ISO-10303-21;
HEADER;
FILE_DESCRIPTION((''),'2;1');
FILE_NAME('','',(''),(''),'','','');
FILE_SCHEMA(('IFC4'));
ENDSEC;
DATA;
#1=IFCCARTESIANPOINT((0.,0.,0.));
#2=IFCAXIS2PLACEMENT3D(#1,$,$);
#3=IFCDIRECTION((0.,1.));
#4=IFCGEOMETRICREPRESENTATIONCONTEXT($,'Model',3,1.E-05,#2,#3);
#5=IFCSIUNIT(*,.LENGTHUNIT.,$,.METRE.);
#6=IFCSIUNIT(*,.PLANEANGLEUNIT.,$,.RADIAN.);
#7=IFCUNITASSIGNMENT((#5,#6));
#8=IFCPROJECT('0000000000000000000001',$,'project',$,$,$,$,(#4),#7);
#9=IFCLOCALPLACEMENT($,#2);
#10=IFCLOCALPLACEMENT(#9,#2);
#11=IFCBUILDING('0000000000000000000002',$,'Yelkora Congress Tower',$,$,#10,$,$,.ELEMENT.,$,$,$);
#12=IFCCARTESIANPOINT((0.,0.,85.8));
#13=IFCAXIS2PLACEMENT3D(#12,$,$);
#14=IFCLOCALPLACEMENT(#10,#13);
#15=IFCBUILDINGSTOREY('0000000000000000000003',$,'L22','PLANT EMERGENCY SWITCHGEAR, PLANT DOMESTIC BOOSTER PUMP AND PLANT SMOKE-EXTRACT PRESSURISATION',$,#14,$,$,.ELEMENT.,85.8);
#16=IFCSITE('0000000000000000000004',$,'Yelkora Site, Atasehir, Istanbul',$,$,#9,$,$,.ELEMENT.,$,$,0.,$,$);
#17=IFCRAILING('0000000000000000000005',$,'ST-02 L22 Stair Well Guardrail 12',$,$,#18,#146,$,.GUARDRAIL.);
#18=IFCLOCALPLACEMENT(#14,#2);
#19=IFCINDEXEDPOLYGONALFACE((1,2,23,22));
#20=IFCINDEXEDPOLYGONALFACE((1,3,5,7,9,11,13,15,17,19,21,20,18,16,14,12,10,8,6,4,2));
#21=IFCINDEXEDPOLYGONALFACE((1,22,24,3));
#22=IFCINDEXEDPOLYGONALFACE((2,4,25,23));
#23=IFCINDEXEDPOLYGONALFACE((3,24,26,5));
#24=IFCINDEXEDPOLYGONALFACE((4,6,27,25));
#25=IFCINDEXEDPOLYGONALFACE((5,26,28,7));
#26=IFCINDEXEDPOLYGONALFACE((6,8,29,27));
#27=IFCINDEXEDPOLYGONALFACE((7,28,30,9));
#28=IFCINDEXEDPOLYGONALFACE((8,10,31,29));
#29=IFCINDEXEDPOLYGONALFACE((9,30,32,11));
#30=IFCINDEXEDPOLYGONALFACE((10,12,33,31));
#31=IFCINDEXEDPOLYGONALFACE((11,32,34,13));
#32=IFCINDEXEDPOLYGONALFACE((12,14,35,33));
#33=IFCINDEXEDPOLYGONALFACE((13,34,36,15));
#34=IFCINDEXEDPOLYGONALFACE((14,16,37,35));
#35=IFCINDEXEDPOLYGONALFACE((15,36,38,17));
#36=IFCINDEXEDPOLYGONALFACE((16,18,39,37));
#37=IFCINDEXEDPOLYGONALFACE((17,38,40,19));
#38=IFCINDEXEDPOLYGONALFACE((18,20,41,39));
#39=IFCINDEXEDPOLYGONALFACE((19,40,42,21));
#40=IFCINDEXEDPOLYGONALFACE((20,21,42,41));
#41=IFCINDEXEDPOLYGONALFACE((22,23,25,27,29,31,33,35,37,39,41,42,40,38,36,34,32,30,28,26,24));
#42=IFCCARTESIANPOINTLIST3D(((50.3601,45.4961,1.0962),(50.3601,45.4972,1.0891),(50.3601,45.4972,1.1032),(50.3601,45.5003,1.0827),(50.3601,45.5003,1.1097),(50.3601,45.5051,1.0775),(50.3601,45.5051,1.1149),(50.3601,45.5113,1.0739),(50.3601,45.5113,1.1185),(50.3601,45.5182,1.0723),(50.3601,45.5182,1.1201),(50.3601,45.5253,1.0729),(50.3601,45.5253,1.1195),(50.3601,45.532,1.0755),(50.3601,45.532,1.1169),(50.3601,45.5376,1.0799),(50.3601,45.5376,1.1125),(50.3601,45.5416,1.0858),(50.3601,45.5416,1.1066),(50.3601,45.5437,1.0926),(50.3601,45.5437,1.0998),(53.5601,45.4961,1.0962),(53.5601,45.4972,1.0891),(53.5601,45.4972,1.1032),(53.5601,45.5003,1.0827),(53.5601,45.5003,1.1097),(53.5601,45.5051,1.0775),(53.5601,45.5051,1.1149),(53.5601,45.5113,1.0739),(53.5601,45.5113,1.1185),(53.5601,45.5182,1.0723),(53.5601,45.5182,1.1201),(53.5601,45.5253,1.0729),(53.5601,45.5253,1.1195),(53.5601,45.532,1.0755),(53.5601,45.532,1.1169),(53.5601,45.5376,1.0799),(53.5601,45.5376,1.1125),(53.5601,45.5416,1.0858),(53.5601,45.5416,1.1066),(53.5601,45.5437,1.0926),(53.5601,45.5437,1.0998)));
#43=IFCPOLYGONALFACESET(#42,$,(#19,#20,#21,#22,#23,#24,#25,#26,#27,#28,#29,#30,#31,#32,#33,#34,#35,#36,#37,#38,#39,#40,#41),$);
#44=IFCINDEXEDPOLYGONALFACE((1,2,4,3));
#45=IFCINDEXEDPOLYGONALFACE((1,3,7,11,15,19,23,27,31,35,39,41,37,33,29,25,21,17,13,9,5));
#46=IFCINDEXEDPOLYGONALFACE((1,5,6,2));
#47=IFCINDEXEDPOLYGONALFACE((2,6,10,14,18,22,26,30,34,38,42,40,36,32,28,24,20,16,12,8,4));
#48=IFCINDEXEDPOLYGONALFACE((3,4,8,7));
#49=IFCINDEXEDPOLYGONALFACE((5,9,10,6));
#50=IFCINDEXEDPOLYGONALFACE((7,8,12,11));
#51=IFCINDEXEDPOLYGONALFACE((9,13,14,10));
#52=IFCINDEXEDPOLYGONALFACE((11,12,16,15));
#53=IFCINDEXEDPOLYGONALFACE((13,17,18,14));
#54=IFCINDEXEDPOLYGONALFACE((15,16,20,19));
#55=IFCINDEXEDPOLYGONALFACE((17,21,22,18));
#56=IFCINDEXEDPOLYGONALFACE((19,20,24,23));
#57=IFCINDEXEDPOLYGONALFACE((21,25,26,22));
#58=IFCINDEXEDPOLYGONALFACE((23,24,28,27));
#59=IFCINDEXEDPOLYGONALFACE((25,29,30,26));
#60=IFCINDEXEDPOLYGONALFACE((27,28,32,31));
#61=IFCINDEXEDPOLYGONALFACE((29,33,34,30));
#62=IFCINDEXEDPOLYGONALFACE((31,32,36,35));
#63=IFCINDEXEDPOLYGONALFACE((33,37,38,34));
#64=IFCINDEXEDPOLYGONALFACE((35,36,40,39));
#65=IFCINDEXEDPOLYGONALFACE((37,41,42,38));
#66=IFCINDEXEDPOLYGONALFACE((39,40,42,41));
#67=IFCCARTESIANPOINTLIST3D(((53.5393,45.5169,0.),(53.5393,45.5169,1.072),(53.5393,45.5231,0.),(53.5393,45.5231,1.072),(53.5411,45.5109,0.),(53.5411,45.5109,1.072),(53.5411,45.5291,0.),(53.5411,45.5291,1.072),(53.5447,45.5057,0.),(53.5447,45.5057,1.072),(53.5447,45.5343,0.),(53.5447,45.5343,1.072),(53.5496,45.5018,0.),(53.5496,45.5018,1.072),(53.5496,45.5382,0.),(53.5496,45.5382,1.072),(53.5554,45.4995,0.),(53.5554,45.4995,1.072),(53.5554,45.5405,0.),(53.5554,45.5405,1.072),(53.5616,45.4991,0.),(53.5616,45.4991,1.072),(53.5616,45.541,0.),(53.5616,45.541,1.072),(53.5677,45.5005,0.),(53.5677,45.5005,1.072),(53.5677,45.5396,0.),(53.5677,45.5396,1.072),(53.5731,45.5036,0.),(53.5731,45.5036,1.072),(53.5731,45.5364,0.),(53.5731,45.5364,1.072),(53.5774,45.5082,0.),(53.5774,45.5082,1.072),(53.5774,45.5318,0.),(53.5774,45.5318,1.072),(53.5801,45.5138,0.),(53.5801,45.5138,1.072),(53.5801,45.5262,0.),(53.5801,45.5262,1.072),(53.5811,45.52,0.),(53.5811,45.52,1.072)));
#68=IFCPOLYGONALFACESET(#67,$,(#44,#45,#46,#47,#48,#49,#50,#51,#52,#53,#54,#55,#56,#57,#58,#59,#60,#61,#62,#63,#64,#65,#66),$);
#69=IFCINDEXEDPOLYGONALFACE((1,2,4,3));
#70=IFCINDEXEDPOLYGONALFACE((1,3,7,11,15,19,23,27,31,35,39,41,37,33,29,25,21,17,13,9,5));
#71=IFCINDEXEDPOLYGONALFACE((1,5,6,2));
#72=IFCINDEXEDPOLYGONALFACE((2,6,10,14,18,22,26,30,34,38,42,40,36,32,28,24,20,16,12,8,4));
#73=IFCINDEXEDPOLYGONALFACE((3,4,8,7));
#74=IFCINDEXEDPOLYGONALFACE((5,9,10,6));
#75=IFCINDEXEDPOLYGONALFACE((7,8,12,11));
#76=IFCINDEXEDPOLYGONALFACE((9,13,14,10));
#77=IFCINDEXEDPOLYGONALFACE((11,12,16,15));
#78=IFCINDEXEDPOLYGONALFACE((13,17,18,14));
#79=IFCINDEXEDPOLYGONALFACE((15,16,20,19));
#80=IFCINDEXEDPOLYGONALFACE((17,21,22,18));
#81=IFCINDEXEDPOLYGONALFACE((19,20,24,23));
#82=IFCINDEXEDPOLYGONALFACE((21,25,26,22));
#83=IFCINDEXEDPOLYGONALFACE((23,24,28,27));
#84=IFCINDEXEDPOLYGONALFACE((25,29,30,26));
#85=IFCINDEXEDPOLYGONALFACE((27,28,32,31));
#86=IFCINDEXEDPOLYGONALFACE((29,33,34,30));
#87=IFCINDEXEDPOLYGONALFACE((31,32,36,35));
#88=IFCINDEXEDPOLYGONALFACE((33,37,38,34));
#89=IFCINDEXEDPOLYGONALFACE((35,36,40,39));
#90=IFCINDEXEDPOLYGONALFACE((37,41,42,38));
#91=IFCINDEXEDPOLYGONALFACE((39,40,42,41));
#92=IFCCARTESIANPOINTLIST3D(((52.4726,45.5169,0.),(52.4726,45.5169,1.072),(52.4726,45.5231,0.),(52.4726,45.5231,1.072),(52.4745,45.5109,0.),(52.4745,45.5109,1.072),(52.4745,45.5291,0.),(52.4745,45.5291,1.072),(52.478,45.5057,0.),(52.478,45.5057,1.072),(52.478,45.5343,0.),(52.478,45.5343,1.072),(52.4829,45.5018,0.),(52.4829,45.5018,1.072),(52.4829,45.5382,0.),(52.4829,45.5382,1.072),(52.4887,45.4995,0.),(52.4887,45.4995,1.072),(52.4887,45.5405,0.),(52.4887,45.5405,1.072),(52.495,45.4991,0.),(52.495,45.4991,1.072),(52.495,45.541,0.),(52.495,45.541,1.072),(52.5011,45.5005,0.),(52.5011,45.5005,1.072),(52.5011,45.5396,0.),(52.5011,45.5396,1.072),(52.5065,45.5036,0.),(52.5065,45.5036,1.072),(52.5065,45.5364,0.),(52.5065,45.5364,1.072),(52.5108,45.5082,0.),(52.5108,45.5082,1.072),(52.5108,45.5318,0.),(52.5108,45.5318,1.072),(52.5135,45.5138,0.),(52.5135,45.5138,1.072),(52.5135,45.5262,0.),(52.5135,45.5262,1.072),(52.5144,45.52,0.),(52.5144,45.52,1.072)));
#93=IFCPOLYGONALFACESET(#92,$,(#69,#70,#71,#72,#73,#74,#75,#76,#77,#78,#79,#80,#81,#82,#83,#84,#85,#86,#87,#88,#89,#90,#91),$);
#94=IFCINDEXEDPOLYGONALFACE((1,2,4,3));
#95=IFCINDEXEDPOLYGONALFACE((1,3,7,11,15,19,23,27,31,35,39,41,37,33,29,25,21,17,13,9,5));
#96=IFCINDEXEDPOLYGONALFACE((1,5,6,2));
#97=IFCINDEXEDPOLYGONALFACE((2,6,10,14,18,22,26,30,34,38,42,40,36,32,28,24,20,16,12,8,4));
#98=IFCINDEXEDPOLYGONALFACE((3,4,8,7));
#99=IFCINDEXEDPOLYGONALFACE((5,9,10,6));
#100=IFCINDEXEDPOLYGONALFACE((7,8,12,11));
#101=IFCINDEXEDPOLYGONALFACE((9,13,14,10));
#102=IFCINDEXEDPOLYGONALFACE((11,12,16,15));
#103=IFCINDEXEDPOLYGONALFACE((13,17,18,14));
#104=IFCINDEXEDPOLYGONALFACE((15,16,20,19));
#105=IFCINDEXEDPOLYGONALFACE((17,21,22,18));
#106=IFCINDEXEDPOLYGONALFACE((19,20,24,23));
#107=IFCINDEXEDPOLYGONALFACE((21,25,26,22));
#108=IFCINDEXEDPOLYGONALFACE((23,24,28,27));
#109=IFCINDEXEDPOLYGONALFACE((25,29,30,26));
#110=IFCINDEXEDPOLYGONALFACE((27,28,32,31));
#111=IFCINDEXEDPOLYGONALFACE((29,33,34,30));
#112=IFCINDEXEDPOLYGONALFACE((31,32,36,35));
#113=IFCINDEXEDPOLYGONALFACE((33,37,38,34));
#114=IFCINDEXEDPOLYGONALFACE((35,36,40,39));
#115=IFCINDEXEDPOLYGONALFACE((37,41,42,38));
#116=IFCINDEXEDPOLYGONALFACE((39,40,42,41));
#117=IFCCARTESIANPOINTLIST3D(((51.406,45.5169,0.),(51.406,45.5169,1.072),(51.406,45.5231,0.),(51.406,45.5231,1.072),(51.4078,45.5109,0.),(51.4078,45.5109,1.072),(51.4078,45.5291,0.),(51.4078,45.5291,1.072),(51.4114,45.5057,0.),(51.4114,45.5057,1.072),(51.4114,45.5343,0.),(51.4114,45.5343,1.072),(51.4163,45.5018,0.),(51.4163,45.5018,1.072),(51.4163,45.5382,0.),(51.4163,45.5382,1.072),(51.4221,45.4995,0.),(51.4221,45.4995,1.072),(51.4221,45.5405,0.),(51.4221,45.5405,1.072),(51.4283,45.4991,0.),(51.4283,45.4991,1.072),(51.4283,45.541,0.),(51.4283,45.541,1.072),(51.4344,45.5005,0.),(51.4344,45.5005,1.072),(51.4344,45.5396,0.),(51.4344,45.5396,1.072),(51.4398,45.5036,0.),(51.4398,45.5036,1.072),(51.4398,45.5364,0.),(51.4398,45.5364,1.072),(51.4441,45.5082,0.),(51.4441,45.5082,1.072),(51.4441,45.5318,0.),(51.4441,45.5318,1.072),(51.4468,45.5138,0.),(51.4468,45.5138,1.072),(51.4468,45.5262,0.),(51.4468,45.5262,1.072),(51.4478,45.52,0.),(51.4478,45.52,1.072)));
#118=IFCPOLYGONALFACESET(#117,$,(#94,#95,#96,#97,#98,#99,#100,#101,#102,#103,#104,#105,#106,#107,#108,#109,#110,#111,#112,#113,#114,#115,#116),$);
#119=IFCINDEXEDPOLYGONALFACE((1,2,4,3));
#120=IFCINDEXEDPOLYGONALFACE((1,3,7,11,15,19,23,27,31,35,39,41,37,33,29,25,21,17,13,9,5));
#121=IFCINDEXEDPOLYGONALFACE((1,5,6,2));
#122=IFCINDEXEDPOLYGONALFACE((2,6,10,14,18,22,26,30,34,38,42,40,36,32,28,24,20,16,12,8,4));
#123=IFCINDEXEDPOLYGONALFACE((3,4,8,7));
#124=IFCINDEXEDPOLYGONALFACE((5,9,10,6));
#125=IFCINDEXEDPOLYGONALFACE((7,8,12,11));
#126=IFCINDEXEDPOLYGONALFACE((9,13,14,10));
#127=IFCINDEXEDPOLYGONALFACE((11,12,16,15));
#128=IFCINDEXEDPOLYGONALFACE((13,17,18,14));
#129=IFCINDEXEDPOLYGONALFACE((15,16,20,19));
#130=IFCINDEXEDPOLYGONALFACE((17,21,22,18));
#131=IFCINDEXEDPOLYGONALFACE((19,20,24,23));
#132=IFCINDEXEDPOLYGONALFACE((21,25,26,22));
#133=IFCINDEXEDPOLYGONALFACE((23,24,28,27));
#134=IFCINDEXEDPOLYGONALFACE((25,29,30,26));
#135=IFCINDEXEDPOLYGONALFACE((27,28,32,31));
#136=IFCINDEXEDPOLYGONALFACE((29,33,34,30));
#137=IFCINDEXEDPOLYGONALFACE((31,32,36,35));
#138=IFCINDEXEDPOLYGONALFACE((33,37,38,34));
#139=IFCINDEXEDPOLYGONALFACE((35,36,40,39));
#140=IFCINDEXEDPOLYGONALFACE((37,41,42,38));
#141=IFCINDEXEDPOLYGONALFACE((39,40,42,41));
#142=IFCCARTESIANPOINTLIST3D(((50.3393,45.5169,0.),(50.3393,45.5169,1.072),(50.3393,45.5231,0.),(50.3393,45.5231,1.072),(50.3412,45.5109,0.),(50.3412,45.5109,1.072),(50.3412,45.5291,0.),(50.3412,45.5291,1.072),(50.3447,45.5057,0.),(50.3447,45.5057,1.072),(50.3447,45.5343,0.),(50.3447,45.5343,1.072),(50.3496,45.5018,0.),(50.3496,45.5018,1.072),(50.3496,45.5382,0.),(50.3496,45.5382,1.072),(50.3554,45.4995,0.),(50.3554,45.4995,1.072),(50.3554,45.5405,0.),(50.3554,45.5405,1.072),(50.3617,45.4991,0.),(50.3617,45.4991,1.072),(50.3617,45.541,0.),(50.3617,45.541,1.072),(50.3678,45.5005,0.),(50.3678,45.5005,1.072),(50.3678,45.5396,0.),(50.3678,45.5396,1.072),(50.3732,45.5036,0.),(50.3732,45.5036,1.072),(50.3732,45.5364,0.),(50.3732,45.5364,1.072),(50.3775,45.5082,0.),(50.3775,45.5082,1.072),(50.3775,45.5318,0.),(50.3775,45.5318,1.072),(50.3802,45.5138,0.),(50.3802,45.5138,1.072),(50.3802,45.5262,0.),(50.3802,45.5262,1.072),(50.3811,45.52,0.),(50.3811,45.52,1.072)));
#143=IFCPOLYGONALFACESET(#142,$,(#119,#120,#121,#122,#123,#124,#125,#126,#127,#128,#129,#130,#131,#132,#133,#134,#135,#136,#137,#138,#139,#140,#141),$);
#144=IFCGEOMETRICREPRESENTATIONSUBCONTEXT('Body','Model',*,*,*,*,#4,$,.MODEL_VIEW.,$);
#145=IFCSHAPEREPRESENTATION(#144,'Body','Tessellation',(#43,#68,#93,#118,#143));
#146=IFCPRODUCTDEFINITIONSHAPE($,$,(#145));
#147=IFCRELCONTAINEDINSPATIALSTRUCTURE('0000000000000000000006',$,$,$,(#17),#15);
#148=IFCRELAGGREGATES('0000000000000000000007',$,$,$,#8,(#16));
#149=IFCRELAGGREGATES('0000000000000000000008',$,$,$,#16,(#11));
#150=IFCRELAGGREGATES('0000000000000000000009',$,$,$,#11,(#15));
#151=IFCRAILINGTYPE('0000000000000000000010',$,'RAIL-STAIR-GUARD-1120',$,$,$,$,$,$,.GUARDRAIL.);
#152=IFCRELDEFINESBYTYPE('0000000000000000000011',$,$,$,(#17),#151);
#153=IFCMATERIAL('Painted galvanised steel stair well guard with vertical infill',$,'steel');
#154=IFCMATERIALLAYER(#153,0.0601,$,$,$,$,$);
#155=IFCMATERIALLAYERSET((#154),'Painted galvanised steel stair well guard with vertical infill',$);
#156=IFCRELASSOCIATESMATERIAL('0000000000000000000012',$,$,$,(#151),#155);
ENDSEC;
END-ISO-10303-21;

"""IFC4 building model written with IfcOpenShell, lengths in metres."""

from ifc_helpers import new_model, si_unit, direction, frame, origin, origin_2d, place, context, subcontext, project, spatial, circle, extrude, material, layer, layer_set, type_object, element, save


model = new_model("IFC4")

# Units and contexts
model_context = context("Model", 3, precision=1e-05, world=origin(), true_north=direction((0.0, 1.0)))
body_context = subcontext(model_context, "Body", "Model", "MODEL_VIEW")
ifc_project = project(units=[si_unit("LENGTHUNIT", "METRE"), si_unit("PLANEANGLEUNIT", "RADIAN")], contexts=[model_context])

# Site, building, storey
site_placement = place(None, origin())
site = spatial("IfcSite", under=ifc_project, at=site_placement, Name="Yelkora Site, Atasehir, Istanbul", CompositionType="ELEMENT", RefElevation=0.0)
building_placement = place(site_placement, origin())
building = spatial("IfcBuilding", under=site, at=building_placement, Name="Yelkora Congress Tower", CompositionType="ELEMENT")
storey_placement = place(building_placement, frame((0.0, 0.0, 85.8)))
storey = spatial("IfcBuildingStorey", under=building, at=storey_placement, Name="L22", Description="PLANT EMERGENCY SWITCHGEAR, PLANT DOMESTIC BOOSTER PUMP AND PLANT SMOKE-EXTRACT PRESSURISATION", CompositionType="ELEMENT", Elevation=85.8)

# Railing
ifc_material_1 = material(Name="Painted galvanised steel stair well guard with vertical infill", Category="steel")
ifc_layer_1 = layer(ifc_material_1, 0.0601)
ifc_layer_set_1 = layer_set([ifc_layer_1], Name="Painted galvanised steel stair well guard with vertical infill")
railing_type_1 = type_object("IfcRailingType", Name="RAIL-STAIR-GUARD-1120", PredefinedType="GUARDRAIL", material=ifc_layer_set_1)
railing_1_placement = place(storey_placement, frame((53.5601, 45.52, 0.0)))
element("IfcRailing", 1, at=railing_1_placement, inside=storey, type_object=railing_type_1, Name="ST-02 L22 Stair Well Guardrail 12", PredefinedType="GUARDRAIL", context=body_context, shape_type="SweptSolid", body=[
    extrude(circle(Radius=0.0239, at=origin_2d()), frame((0.0, 0.0, 1.0962), z_axis=(-1.0, 0.0, 0.0), x_axis=(0.0, -1.0, 0.0)), (0.0, 0.0, 1.0), 3.2),
    extrude(circle(Radius=0.021, at=origin_2d()), origin(), (0.0, 0.0, 1.0), 1.072),
    extrude(circle(Radius=0.021, at=origin_2d()), frame((-1.0667, 0.0, 0.0)), (0.0, 0.0, 1.0), 1.072),
    extrude(circle(Radius=0.021, at=origin_2d()), frame((-2.1333, 0.0, 0.0)), (0.0, 0.0, 1.0), 1.072),
    extrude(circle(Radius=0.021, at=origin_2d()), frame((-3.2, 0.0, 0.0)), (0.0, 0.0, 1.0), 1.072),
])

save(model, "model.ifc")
